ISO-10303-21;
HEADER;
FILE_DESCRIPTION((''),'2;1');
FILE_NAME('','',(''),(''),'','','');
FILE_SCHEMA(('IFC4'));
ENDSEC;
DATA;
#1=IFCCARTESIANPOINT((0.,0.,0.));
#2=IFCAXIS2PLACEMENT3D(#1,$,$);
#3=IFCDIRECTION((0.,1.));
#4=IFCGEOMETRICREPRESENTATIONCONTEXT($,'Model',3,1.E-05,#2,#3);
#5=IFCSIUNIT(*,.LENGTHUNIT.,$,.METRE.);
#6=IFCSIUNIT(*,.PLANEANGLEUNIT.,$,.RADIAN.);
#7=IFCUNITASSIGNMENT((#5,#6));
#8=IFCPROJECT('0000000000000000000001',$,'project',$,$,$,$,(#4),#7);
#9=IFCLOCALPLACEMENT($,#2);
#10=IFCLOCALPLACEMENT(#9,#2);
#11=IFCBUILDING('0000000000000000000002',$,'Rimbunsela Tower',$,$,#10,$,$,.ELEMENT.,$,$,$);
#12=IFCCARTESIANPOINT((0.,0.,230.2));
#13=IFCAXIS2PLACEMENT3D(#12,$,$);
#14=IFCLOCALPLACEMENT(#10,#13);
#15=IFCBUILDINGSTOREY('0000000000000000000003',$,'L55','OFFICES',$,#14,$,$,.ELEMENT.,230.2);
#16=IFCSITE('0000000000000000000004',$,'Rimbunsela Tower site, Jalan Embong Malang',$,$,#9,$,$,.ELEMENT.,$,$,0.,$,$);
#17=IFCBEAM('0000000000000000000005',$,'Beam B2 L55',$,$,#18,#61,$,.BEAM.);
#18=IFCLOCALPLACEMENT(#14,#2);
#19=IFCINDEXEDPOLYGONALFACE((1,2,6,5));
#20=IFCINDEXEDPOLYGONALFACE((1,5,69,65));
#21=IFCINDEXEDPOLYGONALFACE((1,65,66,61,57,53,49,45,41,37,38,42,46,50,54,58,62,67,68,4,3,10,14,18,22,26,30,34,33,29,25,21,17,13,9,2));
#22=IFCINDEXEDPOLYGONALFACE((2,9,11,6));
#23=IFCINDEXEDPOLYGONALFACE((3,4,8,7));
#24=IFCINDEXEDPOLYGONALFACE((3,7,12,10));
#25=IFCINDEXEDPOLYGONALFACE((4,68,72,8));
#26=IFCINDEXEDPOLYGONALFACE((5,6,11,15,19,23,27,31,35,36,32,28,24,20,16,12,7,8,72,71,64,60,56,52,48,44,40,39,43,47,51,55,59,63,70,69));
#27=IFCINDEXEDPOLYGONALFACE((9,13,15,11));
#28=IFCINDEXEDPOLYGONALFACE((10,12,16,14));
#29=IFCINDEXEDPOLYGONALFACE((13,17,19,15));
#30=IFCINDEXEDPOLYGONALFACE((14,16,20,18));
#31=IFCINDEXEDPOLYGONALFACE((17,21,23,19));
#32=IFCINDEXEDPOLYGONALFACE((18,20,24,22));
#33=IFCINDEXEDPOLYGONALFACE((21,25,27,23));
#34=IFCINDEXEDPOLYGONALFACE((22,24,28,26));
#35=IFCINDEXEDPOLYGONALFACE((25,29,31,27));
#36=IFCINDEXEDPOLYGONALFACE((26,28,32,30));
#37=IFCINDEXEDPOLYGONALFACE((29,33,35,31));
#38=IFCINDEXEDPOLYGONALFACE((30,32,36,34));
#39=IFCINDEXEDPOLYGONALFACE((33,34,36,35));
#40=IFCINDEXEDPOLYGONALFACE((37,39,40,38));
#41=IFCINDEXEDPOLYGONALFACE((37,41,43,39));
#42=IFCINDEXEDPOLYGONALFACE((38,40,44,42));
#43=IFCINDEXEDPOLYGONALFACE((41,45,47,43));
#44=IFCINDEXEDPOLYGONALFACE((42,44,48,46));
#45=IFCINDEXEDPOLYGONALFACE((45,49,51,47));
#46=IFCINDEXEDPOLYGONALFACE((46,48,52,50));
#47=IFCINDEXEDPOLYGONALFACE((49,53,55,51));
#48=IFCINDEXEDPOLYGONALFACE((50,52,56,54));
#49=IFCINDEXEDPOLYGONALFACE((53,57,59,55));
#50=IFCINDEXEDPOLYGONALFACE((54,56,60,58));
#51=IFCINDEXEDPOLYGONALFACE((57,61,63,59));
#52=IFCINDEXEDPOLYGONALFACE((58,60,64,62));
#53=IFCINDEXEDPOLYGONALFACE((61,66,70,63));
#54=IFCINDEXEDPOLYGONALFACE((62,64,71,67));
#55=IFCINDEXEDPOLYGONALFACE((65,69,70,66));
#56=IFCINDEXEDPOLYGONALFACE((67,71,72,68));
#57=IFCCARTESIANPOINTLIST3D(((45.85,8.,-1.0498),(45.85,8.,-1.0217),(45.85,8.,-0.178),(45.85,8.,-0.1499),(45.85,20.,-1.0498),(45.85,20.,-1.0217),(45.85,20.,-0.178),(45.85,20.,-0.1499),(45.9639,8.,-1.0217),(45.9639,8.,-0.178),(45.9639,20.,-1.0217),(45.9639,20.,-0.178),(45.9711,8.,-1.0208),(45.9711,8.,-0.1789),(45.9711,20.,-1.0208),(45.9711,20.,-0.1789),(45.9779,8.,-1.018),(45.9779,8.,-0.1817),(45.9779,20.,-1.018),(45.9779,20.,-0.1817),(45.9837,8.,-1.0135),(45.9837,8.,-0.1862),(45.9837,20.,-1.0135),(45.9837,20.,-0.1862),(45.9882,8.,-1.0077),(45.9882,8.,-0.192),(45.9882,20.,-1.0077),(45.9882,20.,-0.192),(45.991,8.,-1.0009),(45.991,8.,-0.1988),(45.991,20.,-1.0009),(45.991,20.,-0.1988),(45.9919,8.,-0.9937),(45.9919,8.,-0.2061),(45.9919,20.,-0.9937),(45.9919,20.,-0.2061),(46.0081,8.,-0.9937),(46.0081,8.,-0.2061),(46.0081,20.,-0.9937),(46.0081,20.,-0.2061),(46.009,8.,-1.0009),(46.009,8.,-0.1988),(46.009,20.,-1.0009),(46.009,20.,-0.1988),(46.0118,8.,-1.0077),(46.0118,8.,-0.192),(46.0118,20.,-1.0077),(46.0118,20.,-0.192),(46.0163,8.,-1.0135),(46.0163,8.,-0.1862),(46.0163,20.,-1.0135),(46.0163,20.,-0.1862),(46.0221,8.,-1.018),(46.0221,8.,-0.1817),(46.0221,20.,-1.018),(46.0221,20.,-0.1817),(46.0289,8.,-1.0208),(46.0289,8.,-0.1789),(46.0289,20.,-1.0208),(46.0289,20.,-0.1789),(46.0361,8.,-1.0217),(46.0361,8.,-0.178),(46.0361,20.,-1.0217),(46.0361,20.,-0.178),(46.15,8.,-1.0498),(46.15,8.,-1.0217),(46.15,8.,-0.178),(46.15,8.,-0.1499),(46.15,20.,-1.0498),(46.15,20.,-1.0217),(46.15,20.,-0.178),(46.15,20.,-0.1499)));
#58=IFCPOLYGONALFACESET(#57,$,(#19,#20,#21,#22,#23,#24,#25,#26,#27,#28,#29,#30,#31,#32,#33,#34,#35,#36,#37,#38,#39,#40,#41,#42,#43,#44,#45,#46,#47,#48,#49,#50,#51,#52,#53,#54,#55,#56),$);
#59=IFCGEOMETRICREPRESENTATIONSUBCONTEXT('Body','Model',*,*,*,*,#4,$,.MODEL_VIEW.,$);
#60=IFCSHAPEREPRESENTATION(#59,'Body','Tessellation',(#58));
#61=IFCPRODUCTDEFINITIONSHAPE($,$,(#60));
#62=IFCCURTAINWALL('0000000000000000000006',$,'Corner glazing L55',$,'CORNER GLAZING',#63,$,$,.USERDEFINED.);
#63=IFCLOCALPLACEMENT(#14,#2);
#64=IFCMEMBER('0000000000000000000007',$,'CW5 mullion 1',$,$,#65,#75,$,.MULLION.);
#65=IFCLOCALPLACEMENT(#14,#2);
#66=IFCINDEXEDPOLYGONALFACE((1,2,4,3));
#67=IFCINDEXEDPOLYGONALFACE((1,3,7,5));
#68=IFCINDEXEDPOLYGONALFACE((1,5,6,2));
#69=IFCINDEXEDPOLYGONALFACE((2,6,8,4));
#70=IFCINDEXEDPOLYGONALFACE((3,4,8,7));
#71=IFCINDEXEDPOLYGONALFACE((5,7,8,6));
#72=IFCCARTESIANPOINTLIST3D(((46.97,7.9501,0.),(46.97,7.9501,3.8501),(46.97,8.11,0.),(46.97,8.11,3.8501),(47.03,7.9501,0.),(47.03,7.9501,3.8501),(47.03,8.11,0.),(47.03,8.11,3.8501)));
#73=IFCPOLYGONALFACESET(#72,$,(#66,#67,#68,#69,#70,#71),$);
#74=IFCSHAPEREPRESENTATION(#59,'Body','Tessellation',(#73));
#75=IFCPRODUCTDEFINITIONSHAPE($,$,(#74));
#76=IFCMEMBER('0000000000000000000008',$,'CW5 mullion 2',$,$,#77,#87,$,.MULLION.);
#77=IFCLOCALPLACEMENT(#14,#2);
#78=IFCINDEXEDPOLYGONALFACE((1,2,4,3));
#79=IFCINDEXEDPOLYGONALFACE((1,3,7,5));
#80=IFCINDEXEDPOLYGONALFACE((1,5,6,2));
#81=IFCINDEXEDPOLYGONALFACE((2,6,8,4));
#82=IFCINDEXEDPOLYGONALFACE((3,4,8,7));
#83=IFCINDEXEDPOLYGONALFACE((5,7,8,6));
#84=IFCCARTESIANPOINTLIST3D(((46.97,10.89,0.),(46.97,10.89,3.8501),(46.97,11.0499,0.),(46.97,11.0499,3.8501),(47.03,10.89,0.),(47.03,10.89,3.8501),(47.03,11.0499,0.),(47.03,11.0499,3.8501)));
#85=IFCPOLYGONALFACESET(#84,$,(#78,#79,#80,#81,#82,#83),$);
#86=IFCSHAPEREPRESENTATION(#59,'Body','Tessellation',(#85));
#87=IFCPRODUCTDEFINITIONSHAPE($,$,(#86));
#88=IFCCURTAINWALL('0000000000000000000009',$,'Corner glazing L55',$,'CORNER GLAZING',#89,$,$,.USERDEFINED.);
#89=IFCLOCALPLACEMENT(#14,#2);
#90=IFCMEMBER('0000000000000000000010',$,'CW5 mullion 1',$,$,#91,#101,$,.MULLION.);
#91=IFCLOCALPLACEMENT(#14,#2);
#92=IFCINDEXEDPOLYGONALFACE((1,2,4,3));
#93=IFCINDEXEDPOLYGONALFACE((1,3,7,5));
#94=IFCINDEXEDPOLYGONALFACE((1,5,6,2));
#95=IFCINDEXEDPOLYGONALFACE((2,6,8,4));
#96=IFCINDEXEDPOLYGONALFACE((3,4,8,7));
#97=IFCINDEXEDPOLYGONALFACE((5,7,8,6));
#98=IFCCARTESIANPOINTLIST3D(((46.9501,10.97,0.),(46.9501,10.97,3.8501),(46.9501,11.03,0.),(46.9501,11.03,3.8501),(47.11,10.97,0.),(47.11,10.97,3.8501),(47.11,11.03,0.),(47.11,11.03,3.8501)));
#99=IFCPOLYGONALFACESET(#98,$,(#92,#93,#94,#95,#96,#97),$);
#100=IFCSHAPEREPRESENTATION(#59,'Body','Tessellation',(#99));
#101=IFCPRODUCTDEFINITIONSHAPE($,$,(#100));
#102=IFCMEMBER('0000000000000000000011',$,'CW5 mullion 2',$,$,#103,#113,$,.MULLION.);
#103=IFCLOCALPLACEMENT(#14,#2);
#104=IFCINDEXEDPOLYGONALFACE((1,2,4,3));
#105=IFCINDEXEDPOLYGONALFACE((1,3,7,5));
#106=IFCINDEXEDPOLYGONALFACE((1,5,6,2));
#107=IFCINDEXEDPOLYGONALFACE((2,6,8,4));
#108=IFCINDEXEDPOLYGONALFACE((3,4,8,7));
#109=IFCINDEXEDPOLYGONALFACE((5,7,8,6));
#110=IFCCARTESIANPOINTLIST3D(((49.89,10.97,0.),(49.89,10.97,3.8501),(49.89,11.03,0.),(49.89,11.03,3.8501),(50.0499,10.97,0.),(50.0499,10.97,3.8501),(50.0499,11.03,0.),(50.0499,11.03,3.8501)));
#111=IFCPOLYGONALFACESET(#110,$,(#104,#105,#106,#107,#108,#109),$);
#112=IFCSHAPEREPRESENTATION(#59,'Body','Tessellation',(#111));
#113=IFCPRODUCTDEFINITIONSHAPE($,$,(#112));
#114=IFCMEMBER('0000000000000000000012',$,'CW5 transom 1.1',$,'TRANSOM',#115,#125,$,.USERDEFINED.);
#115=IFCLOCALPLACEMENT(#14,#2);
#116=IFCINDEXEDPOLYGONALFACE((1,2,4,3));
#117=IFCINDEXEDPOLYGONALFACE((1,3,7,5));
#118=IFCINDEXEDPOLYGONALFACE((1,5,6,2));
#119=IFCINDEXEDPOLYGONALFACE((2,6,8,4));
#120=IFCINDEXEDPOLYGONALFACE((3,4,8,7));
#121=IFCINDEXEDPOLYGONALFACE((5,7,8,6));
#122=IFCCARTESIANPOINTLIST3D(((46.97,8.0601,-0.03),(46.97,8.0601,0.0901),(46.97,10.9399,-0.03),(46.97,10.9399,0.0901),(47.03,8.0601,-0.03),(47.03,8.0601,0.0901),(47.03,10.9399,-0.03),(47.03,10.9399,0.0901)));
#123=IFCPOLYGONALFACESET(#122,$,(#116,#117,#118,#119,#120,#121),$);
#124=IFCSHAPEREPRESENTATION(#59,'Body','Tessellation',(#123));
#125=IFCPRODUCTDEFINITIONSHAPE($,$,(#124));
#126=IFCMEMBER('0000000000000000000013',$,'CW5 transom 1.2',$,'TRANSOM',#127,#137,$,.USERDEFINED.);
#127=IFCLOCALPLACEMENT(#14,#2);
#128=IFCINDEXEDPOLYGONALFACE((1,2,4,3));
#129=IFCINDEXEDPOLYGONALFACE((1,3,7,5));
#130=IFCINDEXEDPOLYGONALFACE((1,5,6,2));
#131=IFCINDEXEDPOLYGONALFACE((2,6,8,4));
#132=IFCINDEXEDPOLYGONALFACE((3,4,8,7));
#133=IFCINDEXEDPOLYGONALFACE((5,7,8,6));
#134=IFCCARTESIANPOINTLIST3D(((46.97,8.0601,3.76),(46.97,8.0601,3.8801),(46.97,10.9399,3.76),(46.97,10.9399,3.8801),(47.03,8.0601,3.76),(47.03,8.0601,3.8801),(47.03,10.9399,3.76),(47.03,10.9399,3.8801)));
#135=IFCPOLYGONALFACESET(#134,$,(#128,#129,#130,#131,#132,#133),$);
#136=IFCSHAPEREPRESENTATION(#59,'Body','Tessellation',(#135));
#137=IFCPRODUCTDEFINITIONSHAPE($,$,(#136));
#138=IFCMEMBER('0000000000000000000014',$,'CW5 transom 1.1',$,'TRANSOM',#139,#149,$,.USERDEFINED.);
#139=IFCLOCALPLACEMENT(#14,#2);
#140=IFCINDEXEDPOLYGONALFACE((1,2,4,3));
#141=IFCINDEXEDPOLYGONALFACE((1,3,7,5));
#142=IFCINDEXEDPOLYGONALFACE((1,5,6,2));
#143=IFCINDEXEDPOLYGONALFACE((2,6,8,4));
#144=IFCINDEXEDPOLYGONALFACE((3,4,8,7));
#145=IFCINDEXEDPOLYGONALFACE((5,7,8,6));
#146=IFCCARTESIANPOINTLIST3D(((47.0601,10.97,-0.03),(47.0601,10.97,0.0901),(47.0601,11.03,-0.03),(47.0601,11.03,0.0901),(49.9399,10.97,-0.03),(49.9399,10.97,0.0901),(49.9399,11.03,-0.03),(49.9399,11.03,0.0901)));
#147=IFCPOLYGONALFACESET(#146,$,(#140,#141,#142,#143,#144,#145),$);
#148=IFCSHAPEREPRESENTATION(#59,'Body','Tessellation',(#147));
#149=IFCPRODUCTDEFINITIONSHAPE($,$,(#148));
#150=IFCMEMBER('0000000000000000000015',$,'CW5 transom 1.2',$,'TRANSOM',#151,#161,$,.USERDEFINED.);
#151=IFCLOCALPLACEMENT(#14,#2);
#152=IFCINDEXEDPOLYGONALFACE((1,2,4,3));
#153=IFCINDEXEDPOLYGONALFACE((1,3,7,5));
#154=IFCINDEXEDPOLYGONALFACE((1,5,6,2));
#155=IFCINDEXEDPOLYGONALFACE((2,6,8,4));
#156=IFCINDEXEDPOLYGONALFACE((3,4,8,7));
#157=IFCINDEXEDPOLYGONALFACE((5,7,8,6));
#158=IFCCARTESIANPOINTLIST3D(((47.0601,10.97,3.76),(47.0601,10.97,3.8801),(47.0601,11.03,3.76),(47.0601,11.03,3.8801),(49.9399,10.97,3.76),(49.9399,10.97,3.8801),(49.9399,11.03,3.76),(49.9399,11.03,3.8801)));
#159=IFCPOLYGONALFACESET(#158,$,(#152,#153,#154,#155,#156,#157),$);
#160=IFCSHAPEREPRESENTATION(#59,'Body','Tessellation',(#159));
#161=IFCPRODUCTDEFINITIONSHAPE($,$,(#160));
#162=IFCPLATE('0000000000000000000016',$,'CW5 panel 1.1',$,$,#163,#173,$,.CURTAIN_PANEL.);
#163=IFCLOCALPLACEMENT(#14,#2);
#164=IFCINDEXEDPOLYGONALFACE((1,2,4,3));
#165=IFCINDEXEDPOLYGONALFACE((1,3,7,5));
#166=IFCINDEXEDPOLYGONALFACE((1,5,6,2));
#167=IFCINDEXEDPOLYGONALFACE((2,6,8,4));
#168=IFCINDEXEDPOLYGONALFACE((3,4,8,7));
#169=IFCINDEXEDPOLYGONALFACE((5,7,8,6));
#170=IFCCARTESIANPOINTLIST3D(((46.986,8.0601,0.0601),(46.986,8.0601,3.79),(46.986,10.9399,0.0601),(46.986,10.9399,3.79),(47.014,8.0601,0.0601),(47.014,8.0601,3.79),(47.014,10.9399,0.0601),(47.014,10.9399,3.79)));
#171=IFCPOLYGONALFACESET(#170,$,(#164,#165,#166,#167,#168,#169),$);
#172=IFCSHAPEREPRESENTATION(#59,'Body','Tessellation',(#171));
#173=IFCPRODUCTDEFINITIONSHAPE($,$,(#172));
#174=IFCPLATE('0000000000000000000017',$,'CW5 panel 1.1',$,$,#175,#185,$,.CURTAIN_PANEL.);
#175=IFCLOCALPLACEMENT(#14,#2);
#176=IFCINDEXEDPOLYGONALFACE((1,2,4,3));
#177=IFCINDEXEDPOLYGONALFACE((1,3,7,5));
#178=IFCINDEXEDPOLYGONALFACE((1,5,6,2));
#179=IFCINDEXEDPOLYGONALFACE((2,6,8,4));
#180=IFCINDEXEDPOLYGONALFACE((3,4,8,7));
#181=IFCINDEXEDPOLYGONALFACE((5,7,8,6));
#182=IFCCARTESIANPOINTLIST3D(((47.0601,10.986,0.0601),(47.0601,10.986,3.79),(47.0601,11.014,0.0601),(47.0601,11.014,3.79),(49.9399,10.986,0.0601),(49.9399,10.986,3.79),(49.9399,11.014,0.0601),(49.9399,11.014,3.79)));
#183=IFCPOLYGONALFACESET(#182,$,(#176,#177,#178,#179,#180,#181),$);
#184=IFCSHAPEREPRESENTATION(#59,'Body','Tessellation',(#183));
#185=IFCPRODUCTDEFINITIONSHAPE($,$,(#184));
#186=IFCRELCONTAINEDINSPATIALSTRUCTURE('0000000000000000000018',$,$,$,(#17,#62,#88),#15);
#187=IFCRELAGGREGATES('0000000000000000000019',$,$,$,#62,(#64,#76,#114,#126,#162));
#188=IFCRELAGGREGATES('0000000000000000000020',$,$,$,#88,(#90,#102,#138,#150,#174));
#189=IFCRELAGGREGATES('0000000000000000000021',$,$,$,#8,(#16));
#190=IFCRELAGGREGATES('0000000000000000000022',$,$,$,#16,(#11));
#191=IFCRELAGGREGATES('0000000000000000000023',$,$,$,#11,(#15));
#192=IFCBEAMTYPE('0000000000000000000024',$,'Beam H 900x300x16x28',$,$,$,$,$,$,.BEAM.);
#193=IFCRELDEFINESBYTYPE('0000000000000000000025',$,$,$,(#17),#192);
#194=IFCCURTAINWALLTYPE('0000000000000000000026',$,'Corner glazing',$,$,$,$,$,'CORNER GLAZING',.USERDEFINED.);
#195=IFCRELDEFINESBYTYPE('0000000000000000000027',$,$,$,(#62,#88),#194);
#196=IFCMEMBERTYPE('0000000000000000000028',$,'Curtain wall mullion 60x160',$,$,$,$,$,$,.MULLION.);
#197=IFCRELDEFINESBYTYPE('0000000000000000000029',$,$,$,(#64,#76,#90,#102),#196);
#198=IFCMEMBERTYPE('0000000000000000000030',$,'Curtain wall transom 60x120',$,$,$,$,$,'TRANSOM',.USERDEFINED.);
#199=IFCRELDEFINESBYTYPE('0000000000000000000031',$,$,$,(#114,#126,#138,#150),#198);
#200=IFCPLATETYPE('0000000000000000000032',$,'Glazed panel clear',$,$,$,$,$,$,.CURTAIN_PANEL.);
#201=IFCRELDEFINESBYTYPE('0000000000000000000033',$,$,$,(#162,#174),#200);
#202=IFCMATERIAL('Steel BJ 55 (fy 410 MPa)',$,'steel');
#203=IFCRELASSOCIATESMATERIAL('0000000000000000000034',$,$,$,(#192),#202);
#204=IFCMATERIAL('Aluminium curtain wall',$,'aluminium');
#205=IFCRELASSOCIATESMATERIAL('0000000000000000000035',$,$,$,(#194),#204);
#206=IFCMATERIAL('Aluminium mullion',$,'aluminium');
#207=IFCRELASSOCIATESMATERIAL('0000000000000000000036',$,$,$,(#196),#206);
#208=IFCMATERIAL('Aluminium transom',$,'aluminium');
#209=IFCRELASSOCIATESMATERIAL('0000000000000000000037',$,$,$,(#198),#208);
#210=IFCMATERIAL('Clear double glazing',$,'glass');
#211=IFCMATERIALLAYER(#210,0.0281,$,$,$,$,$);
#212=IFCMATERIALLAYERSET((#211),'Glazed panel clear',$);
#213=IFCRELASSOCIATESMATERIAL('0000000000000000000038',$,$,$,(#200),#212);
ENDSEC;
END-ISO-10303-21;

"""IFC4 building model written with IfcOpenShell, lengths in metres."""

from ifc_helpers import new_model, si_unit, direction, frame, origin, origin_2d, place, context, subcontext, project, spatial, rectangle, i_section, extrude, material, layer, layer_set, material_profile, profile_set, type_object, element, aggregate, save


model = new_model("IFC4")

# Units and contexts
model_context = context("Model", 3, precision=1e-05, world=origin(), true_north=direction((0.0, 1.0)))
body_context = subcontext(model_context, "Body", "Model", "MODEL_VIEW")
ifc_project = project(units=[si_unit("LENGTHUNIT", "METRE"), si_unit("PLANEANGLEUNIT", "RADIAN")], contexts=[model_context])

# Site, building, storey
site_placement = place(None, origin())
site = spatial("IfcSite", under=ifc_project, at=site_placement, Name="Rimbunsela Tower site, Jalan Embong Malang", CompositionType="ELEMENT", RefElevation=0.0)
building_placement = place(site_placement, origin())
building = spatial("IfcBuilding", under=site, at=building_placement, Name="Rimbunsela Tower", CompositionType="ELEMENT")
storey_placement = place(building_placement, frame((0.0, 0.0, 230.2)))
storey = spatial("IfcBuildingStorey", under=building, at=storey_placement, Name="L55", Description="OFFICES", CompositionType="ELEMENT", Elevation=230.2)

# Beam
ifc_material_1 = material(Name="Steel BJ 55 (fy 410 MPa)", Category="steel")
ifc_material_profile_1 = material_profile(ifc_material_1, i_section(OverallWidth=0.3, OverallDepth=0.8999, WebThickness=0.0161, FlangeThickness=0.0281, FilletRadius=0.0281, at=origin_2d()), Name="H 900x300x16x28")
ifc_profile_set_1 = profile_set([ifc_material_profile_1], Name="Steel BJ 55 (fy 410 MPa)")
beam_type_1 = type_object("IfcBeamType", Name="Beam H 900x300x16x28", PredefinedType="BEAM", material=ifc_profile_set_1)
beam_placement = place(storey_placement, frame((46.0, 8.0, -0.5999), z_axis=(0.0, 1.0, 0.0), x_axis=(-1.0, 0.0, 0.0)))
element("IfcBeam", 1, at=beam_placement, inside=storey, type_object=beam_type_1, Name="Beam B2 L55", PredefinedType="BEAM", context=body_context, shape_type="SweptSolid", body=[
    extrude(i_section(OverallWidth=0.3, OverallDepth=0.8999, WebThickness=0.0161, FlangeThickness=0.0281, FilletRadius=0.0281, at=origin_2d()), origin(), (0.0, 0.0, 1.0), 12.0),
])

# Curtain walls, members
ifc_material_2 = material(Name="Aluminium curtain wall", Category="aluminium")
curtain_wall_type = type_object("IfcCurtainWallType", Name="Corner glazing", ElementType="CORNER GLAZING", PredefinedType="USERDEFINED", material=ifc_material_2)
curtain_wall_1_placement = place(storey_placement, origin())
curtain_wall_1 = element("IfcCurtainWall", 2, at=curtain_wall_1_placement, inside=storey, type_object=curtain_wall_type, Name="Corner glazing L55", ObjectType="CORNER GLAZING", PredefinedType="USERDEFINED")
ifc_material_3 = material(Name="Aluminium mullion", Category="aluminium")
ifc_material_profile_2 = material_profile(ifc_material_3, rectangle(XDim=0.0601, YDim=0.1599, at=origin_2d()), Name="Mullion 60x160")
ifc_profile_set_2 = profile_set([ifc_material_profile_2], Name="Aluminium mullion")
member_type_1 = type_object("IfcMemberType", Name="Curtain wall mullion 60x160", PredefinedType="MULLION", material=ifc_profile_set_2)
member_1_placement = place(storey_placement, frame((47.0, 8.03, 0.0), z_axis=(0.0, 0.0, 1.0), x_axis=(-1.0, 0.0, 0.0)))
member_1 = element("IfcMember", 3, at=member_1_placement, type_object=member_type_1, Name="CW5 mullion 1", PredefinedType="MULLION", context=body_context, shape_type="SweptSolid", body=[
    extrude(rectangle(XDim=0.0601, YDim=0.1599, at=origin_2d()), origin(), (0.0, 0.0, 1.0), 3.8501),
])
member_2_placement = place(storey_placement, frame((47.0, 10.97, 0.0), z_axis=(0.0, 0.0, 1.0), x_axis=(-1.0, 0.0, 0.0)))
member_2 = element("IfcMember", 4, at=member_2_placement, type_object=member_type_1, Name="CW5 mullion 2", PredefinedType="MULLION", context=body_context, shape_type="SweptSolid", body=[
    extrude(rectangle(XDim=0.0601, YDim=0.1599, at=origin_2d()), origin(), (0.0, 0.0, 1.0), 3.8501),
])
curtain_wall_2_placement = place(storey_placement, origin())
curtain_wall_2 = element("IfcCurtainWall", 5, at=curtain_wall_2_placement, inside=storey, type_object=curtain_wall_type, Name="Corner glazing L55", ObjectType="CORNER GLAZING", PredefinedType="USERDEFINED")
member_3_placement = place(storey_placement, frame((47.03, 11.0, 0.0), z_axis=(0.0, 0.0, 1.0), x_axis=(0.0, 1.0, 0.0)))
member_3 = element("IfcMember", 6, at=member_3_placement, type_object=member_type_1, Name="CW5 mullion 1", PredefinedType="MULLION", context=body_context, shape_type="SweptSolid", body=[
    extrude(rectangle(XDim=0.0601, YDim=0.1599, at=origin_2d()), origin(), (0.0, 0.0, 1.0), 3.8501),
])
member_4_placement = place(storey_placement, frame((49.97, 11.0, 0.0), z_axis=(0.0, 0.0, 1.0), x_axis=(0.0, 1.0, 0.0)))
member_4 = element("IfcMember", 7, at=member_4_placement, type_object=member_type_1, Name="CW5 mullion 2", PredefinedType="MULLION", context=body_context, shape_type="SweptSolid", body=[
    extrude(rectangle(XDim=0.0601, YDim=0.1599, at=origin_2d()), origin(), (0.0, 0.0, 1.0), 3.8501),
])

# Members
ifc_material_4 = material(Name="Aluminium transom", Category="aluminium")
ifc_material_profile_3 = material_profile(ifc_material_4, rectangle(XDim=0.0601, YDim=0.1201, at=origin_2d()), Name="Transom 60x120")
ifc_profile_set_3 = profile_set([ifc_material_profile_3], Name="Aluminium transom")
member_type_2 = type_object("IfcMemberType", Name="Curtain wall transom 60x120", ElementType="TRANSOM", PredefinedType="USERDEFINED", material=ifc_profile_set_3)
member_5_placement = place(storey_placement, frame((47.0, 8.0601, 0.03), z_axis=(0.0, 1.0, 0.0), x_axis=(-1.0, 0.0, 0.0)))
member_5 = element("IfcMember", 8, at=member_5_placement, type_object=member_type_2, Name="CW5 transom 1.1", ObjectType="TRANSOM", PredefinedType="USERDEFINED", context=body_context, shape_type="SweptSolid", body=[
    extrude(rectangle(XDim=0.0601, YDim=0.1201, at=origin_2d()), origin(), (0.0, 0.0, 1.0), 2.8799),
])
member_6_placement = place(storey_placement, frame((47.0, 8.0601, 3.8201), z_axis=(0.0, 1.0, 0.0), x_axis=(-1.0, 0.0, 0.0)))
member_6 = element("IfcMember", 9, at=member_6_placement, type_object=member_type_2, Name="CW5 transom 1.2", ObjectType="TRANSOM", PredefinedType="USERDEFINED", context=body_context, shape_type="SweptSolid", body=[
    extrude(rectangle(XDim=0.0601, YDim=0.1201, at=origin_2d()), origin(), (0.0, 0.0, 1.0), 2.8799),
])
member_7_placement = place(storey_placement, frame((47.0601, 11.0, 0.03), z_axis=(1.0, 0.0, 0.0), x_axis=(0.0, 1.0, 0.0)))
member_7 = element("IfcMember", 10, at=member_7_placement, type_object=member_type_2, Name="CW5 transom 1.1", ObjectType="TRANSOM", PredefinedType="USERDEFINED", context=body_context, shape_type="SweptSolid", body=[
    extrude(rectangle(XDim=0.0601, YDim=0.1201, at=origin_2d()), origin(), (0.0, 0.0, 1.0), 2.8799),
])
member_8_placement = place(storey_placement, frame((47.0601, 11.0, 3.8201), z_axis=(1.0, 0.0, 0.0), x_axis=(0.0, 1.0, 0.0)))
member_8 = element("IfcMember", 11, at=member_8_placement, type_object=member_type_2, Name="CW5 transom 1.2", ObjectType="TRANSOM", PredefinedType="USERDEFINED", context=body_context, shape_type="SweptSolid", body=[
    extrude(rectangle(XDim=0.0601, YDim=0.1201, at=origin_2d()), origin(), (0.0, 0.0, 1.0), 2.8799),
])

# Plates
ifc_material_5 = material(Name="Clear double glazing", Category="glass")
ifc_layer_1 = layer(ifc_material_5, 0.0281)
ifc_layer_set_1 = layer_set([ifc_layer_1], Name="Glazed panel clear")
plate_type = type_object("IfcPlateType", Name="Glazed panel clear", PredefinedType="CURTAIN_PANEL", material=ifc_layer_set_1)
plate_1_placement = place(storey_placement, frame((47.0, 9.5, 0.0601), z_axis=(0.0, 0.0, 1.0), x_axis=(0.0, 1.0, 0.0)))
plate_1 = element("IfcPlate", 12, at=plate_1_placement, type_object=plate_type, Name="CW5 panel 1.1", PredefinedType="CURTAIN_PANEL", context=body_context, shape_type="SweptSolid", body=[
    extrude(rectangle(XDim=2.8799, YDim=0.0281, at=origin_2d()), origin(), (0.0, 0.0, 1.0), 3.73),
])
aggregate(curtain_wall_1, [member_1, member_2, member_5, member_6, plate_1])
plate_2_placement = place(storey_placement, frame((48.5, 11.0, 0.0601), z_axis=(0.0, 0.0, 1.0), x_axis=(1.0, 0.0, 0.0)))
plate_2 = element("IfcPlate", 13, at=plate_2_placement, type_object=plate_type, Name="CW5 panel 1.1", PredefinedType="CURTAIN_PANEL", context=body_context, shape_type="SweptSolid", body=[
    extrude(rectangle(XDim=2.8799, YDim=0.0281, at=origin_2d()), origin(), (0.0, 0.0, 1.0), 3.73),
])
aggregate(curtain_wall_2, [member_3, member_4, member_7, member_8, plate_2])

save(model, "model.ifc")
